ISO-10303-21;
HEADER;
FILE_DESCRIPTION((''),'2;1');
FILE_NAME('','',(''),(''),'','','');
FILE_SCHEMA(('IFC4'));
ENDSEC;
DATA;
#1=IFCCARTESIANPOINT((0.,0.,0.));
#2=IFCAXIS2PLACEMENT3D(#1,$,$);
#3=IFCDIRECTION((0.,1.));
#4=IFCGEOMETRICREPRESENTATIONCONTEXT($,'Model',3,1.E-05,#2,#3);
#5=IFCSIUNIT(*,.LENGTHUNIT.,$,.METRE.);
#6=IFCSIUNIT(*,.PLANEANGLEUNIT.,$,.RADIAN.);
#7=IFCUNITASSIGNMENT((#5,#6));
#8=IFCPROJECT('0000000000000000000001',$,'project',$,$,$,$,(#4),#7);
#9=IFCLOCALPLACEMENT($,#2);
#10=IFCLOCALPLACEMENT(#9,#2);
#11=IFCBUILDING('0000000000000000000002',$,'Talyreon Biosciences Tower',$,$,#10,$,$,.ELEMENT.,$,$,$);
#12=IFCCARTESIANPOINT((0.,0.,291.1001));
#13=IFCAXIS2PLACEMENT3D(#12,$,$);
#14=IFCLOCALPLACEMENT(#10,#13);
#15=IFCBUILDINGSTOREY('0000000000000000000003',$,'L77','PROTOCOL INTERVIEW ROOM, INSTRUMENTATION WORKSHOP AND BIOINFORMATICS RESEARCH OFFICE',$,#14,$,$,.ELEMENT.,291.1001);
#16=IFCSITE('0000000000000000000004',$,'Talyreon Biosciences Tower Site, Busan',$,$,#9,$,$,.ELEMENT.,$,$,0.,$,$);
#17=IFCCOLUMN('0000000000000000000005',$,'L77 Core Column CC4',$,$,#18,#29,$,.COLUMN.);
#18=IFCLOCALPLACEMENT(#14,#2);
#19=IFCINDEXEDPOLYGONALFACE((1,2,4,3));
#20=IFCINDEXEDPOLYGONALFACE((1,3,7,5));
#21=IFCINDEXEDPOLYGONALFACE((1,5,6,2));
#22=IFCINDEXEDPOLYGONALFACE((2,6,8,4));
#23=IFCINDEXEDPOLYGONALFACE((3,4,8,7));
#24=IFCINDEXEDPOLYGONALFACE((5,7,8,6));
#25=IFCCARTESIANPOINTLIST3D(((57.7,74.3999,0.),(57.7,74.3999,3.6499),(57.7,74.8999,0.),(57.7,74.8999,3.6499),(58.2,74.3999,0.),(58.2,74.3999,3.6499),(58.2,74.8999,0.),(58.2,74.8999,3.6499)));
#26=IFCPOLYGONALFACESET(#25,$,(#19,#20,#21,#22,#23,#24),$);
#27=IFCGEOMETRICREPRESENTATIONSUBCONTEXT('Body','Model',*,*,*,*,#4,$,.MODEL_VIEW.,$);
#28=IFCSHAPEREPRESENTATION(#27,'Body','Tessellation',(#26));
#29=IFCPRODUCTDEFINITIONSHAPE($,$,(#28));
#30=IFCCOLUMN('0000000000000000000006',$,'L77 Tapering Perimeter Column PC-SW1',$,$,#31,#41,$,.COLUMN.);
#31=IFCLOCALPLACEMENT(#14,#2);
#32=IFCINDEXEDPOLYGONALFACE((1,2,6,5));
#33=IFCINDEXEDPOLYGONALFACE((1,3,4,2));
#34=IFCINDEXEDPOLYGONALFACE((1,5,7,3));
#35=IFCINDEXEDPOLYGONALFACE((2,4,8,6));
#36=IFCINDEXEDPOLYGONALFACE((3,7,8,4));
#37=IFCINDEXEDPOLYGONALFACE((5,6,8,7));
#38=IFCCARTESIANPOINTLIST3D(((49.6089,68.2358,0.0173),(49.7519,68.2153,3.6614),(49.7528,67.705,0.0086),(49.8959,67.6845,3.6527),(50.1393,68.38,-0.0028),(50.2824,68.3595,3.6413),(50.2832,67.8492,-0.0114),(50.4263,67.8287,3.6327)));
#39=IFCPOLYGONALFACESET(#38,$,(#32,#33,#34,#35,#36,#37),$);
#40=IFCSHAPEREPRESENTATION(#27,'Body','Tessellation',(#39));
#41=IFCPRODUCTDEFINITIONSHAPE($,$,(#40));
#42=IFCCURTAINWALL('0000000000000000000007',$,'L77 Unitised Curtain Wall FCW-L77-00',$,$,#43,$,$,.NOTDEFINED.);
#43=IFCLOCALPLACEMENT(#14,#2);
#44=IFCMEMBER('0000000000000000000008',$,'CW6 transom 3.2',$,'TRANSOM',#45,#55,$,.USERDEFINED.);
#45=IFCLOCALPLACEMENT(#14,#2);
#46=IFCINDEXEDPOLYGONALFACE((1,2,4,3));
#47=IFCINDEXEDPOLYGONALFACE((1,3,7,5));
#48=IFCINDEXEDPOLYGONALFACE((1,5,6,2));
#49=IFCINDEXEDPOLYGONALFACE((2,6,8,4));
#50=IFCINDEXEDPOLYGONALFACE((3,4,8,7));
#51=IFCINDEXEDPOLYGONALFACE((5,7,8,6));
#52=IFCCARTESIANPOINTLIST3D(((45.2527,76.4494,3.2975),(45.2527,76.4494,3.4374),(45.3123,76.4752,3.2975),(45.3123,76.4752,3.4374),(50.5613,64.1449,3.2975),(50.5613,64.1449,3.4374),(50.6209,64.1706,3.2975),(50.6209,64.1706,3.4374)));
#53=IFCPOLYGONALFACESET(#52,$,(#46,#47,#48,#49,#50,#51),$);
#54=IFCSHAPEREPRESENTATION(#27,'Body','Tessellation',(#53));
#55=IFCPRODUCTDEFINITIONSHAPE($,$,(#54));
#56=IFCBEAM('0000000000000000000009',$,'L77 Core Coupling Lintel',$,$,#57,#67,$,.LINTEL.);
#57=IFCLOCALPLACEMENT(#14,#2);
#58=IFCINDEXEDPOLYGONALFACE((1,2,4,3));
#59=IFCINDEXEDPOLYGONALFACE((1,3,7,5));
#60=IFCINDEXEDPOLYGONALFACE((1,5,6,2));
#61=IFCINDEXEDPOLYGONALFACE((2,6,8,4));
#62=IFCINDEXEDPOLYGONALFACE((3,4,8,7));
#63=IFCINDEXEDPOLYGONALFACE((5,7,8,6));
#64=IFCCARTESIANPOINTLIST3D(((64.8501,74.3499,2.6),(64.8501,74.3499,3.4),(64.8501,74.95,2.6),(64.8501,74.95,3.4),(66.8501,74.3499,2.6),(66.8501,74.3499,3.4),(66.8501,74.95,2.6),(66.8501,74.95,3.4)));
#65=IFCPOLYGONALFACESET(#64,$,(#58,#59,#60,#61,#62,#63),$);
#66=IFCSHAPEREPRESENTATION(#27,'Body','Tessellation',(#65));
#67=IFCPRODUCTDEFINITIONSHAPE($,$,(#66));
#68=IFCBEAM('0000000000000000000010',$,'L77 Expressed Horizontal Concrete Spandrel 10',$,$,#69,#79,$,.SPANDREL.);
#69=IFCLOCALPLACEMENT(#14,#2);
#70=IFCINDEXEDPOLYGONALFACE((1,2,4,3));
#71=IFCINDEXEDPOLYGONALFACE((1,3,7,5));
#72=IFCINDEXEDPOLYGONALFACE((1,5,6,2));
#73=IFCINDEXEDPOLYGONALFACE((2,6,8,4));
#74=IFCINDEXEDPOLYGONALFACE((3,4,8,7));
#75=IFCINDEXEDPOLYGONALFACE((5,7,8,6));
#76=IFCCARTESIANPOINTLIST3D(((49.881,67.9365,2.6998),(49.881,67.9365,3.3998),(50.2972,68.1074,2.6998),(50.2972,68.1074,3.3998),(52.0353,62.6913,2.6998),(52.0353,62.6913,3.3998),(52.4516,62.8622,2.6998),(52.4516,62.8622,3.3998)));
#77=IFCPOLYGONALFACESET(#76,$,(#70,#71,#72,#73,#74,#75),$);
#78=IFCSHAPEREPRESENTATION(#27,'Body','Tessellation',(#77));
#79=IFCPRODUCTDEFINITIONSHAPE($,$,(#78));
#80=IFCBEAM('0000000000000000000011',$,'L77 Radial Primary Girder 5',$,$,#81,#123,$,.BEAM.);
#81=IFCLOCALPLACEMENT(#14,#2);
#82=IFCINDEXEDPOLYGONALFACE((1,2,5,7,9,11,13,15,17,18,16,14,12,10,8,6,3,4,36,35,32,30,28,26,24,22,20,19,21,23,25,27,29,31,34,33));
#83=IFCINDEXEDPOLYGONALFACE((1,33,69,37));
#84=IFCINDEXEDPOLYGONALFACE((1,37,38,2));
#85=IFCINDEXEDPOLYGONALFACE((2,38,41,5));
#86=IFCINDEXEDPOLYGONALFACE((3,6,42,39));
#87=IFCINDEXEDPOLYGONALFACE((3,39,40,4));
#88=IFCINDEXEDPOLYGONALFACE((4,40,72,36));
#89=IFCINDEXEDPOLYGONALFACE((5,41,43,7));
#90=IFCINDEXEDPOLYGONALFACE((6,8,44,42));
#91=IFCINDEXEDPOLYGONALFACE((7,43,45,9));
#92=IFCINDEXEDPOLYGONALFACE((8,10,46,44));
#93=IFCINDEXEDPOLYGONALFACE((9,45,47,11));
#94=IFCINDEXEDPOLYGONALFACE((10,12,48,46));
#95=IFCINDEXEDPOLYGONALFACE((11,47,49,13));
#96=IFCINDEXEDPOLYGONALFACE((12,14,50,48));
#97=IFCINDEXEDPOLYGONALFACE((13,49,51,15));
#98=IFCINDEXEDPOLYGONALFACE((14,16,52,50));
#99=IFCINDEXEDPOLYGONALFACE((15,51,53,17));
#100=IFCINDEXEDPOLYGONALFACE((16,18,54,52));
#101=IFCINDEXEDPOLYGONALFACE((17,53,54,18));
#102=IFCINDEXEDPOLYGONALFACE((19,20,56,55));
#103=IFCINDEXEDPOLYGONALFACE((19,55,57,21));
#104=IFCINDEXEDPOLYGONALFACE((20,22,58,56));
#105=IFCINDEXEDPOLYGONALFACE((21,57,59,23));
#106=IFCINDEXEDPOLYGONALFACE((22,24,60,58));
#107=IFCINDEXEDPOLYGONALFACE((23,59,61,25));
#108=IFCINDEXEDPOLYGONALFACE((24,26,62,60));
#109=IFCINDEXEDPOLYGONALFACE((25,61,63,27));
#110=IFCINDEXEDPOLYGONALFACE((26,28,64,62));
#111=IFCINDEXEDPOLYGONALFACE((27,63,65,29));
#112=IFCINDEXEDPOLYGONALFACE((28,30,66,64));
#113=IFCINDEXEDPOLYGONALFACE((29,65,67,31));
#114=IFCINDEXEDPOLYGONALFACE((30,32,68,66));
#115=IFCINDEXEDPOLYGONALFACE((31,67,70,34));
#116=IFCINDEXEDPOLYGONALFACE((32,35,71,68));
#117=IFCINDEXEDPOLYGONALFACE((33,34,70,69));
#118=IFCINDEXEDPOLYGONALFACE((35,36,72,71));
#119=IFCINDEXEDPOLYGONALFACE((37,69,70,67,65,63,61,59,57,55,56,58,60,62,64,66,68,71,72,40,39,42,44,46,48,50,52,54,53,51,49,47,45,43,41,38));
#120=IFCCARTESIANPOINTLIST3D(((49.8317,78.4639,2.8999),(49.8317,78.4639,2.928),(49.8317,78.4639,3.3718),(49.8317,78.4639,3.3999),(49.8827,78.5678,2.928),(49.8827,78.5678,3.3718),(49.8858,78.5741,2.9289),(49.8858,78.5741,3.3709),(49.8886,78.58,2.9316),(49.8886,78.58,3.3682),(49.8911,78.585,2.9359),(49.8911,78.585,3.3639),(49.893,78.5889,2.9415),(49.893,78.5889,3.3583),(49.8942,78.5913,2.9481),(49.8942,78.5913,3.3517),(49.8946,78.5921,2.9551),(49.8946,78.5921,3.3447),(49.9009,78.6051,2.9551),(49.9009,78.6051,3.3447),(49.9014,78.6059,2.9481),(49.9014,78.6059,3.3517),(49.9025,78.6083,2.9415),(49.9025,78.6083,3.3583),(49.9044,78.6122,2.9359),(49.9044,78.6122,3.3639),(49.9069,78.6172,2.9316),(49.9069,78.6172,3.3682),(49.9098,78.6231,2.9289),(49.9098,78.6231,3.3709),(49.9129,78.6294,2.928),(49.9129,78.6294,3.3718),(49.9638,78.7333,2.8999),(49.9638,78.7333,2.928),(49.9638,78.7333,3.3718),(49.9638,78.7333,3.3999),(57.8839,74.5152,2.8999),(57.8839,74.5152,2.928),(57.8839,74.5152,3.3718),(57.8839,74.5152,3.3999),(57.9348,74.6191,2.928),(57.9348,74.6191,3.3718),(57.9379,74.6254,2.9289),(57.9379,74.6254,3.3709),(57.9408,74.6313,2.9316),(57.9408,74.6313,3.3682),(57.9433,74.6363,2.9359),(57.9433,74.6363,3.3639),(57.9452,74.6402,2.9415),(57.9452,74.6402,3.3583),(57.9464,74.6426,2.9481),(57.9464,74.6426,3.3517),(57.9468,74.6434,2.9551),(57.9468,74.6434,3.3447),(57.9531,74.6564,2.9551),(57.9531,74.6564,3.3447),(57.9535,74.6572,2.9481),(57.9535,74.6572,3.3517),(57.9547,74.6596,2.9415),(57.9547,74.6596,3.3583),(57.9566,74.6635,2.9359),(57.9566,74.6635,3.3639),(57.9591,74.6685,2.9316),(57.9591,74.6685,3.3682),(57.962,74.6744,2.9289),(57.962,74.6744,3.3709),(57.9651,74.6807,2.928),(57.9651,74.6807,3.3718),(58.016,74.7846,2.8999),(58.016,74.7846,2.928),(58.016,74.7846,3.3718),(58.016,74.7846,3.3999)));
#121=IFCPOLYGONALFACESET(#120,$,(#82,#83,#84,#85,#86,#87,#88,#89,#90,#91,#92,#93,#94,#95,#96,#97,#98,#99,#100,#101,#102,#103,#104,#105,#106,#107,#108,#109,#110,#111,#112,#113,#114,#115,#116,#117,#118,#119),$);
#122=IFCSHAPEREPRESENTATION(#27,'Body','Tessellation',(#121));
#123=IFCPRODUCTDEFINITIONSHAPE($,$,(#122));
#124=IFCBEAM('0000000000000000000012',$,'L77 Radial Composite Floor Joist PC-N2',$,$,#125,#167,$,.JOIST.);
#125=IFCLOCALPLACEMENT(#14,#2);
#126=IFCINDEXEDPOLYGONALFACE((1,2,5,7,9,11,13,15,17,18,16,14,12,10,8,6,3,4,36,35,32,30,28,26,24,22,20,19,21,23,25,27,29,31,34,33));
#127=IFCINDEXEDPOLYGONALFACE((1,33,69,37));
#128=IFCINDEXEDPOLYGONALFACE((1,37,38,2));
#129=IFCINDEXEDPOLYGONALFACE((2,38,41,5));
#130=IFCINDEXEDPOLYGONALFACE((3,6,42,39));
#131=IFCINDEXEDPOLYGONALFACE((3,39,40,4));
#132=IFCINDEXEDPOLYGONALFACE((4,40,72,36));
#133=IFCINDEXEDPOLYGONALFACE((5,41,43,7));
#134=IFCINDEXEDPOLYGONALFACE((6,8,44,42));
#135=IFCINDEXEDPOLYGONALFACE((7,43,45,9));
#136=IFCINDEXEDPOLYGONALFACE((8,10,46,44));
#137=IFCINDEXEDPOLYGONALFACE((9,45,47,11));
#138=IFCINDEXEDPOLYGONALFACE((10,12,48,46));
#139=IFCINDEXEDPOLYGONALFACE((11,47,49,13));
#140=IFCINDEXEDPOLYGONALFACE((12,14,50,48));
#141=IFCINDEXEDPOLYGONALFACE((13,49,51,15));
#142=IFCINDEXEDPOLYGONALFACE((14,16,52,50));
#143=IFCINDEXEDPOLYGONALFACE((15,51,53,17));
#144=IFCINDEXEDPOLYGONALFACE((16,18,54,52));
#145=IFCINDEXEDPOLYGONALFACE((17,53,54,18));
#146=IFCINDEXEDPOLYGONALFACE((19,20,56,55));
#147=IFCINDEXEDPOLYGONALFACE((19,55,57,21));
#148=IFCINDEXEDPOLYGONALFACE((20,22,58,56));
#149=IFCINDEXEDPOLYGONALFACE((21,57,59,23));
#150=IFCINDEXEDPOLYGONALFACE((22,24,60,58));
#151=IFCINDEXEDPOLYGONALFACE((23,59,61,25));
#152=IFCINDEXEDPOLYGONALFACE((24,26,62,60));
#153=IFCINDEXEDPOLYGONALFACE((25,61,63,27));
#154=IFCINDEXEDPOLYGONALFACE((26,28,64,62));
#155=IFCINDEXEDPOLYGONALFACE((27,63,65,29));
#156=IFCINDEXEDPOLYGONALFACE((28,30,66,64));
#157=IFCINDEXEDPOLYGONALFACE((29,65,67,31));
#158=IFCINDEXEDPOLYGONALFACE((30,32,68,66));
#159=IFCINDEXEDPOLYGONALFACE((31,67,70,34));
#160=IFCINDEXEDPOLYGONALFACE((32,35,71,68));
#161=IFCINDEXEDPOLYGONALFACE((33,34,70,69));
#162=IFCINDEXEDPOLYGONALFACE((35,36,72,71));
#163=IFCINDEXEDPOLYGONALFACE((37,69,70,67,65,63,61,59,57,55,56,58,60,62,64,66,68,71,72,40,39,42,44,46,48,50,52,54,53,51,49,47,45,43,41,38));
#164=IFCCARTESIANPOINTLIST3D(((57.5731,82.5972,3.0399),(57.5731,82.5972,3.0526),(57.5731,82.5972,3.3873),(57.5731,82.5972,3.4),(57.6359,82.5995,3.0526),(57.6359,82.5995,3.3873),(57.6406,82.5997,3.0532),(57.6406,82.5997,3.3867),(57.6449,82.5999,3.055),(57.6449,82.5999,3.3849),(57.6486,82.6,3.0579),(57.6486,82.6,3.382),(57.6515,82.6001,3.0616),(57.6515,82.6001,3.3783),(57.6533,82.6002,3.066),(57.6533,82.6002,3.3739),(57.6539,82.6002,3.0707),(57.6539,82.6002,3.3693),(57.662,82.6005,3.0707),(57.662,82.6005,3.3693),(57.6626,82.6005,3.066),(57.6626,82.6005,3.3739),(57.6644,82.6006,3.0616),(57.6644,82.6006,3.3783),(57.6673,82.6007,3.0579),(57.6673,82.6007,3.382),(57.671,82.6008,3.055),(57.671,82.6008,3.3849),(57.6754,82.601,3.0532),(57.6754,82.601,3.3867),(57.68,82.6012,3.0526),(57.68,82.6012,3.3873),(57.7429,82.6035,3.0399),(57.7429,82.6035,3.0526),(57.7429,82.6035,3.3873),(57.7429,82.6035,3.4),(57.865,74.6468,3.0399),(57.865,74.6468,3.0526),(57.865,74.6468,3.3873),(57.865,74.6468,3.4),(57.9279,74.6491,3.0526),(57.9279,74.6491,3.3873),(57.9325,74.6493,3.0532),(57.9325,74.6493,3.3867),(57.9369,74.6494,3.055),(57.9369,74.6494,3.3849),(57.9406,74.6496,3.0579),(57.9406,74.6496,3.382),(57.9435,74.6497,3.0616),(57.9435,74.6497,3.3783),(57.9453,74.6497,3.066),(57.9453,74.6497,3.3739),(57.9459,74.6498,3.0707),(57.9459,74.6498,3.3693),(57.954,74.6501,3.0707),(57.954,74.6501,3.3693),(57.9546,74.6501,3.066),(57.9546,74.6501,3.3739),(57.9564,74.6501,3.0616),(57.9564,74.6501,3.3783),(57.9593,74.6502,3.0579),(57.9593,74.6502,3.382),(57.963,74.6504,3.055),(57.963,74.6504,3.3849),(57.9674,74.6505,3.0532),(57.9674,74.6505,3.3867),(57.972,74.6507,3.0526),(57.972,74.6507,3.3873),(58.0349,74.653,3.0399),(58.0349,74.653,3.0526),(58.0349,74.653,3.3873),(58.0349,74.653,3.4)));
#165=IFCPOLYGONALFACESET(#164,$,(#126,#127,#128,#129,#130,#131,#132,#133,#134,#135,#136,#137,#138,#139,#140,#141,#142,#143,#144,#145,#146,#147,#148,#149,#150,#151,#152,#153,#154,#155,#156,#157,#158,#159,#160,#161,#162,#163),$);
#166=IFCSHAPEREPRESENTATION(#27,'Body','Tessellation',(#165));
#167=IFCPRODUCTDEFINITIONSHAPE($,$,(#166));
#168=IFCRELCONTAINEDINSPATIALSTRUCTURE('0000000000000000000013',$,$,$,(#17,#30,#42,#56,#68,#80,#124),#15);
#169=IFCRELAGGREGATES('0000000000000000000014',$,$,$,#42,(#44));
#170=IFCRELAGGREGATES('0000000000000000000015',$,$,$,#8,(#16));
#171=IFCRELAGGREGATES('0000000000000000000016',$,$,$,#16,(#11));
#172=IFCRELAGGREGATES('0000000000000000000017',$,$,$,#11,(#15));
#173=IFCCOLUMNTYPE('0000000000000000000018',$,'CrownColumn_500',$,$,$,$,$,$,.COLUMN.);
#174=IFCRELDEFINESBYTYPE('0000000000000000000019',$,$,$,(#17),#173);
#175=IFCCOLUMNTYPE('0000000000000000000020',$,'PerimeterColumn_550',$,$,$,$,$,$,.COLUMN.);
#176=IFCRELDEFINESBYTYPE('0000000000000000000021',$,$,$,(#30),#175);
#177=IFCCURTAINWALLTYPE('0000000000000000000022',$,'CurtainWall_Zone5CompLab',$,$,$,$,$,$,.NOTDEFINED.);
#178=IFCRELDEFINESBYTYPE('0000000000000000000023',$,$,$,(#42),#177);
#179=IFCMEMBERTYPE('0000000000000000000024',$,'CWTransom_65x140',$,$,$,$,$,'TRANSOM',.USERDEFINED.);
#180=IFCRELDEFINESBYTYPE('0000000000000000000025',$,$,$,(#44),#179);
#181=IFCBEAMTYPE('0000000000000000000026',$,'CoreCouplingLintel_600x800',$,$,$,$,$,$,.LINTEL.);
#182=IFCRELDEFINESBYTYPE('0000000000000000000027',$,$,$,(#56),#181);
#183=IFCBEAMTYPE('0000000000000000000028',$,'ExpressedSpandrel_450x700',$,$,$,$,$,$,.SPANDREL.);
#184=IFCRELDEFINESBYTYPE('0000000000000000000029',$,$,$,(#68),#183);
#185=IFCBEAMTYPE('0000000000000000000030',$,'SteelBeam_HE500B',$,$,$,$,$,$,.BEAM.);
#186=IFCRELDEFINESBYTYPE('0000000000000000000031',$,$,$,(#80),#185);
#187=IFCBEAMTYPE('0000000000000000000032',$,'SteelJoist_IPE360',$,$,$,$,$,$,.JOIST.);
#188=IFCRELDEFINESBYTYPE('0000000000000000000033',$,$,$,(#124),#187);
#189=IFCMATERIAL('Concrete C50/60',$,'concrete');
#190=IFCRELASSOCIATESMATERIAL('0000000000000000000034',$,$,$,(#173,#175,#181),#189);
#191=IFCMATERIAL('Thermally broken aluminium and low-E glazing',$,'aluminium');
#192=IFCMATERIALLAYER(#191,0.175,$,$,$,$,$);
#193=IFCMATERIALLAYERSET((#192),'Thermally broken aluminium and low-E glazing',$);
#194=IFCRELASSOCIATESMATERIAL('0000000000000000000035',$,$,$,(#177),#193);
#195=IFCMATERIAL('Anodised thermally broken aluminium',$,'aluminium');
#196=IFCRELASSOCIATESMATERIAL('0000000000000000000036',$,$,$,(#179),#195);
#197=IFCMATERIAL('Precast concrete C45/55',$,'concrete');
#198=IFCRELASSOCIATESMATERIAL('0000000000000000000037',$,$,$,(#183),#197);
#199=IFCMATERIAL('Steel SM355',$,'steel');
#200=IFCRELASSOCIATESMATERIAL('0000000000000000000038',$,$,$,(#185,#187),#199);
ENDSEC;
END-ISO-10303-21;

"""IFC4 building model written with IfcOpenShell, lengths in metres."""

from ifc_helpers import new_model, si_unit, direction, frame, origin, origin_2d, place, context, subcontext, project, spatial, rectangle, i_section, extrude, material, layer, layer_set, material_profile, profile_set, type_object, element, aggregate, save


model = new_model("IFC4")

# Units and contexts
model_context = context("Model", 3, precision=1e-05, world=origin(), true_north=direction((0.0, 1.0)))
body_context = subcontext(model_context, "Body", "Model", "MODEL_VIEW")
ifc_project = project(units=[si_unit("LENGTHUNIT", "METRE"), si_unit("PLANEANGLEUNIT", "RADIAN")], contexts=[model_context])

# Site, building, storey
site_placement = place(None, origin())
site = spatial("IfcSite", under=ifc_project, at=site_placement, Name="Talyreon Biosciences Tower Site, Busan", CompositionType="ELEMENT", RefElevation=0.0)
building_placement = place(site_placement, origin())
building = spatial("IfcBuilding", under=site, at=building_placement, Name="Talyreon Biosciences Tower", CompositionType="ELEMENT")
storey_placement = place(building_placement, frame((0.0, 0.0, 291.1001)))
storey = spatial("IfcBuildingStorey", under=building, at=storey_placement, Name="L77", Description="PROTOCOL INTERVIEW ROOM, INSTRUMENTATION WORKSHOP AND BIOINFORMATICS RESEARCH OFFICE", CompositionType="ELEMENT", Elevation=291.1001)

# Columns
ifc_material_1 = material(Name="Concrete C50/60", Category="concrete")
ifc_material_profile_1 = material_profile(ifc_material_1, rectangle(XDim=0.5, YDim=0.5, at=origin_2d()), Name="RC 500x500")
ifc_profile_set_1 = profile_set([ifc_material_profile_1], Name="Concrete C50/60")
column_type_1 = type_object("IfcColumnType", Name="CrownColumn_500", PredefinedType="COLUMN", material=ifc_profile_set_1)
column_1_placement = place(storey_placement, frame((57.95, 74.6499, 0.0), z_axis=(0.0, 0.0, 1.0), x_axis=(1.0, 0.0, 0.0)))
element("IfcColumn", 1, at=column_1_placement, inside=storey, type_object=column_type_1, Name="L77 Core Column CC4", PredefinedType="COLUMN", context=body_context, shape_type="SweptSolid", body=[
    extrude(rectangle(XDim=0.5, YDim=0.5, at=origin_2d()), origin(), (0.0, 0.0, 1.0), 3.6499),
])
ifc_material_profile_2 = material_profile(ifc_material_1, rectangle(XDim=0.55, YDim=0.55, at=origin_2d()), Name="RC 550x550")
ifc_profile_set_2 = profile_set([ifc_material_profile_2], Name="Concrete C50/60")
column_type_2 = type_object("IfcColumnType", Name="PerimeterColumn_550", PredefinedType="COLUMN", material=ifc_profile_set_2)
column_2_placement = place(storey_placement, frame((49.946, 68.0425, 0.0029), z_axis=(0.03923, -0.005623, 0.999214), x_axis=(0.964355, 0.262098, -0.036386)))
element("IfcColumn", 2, at=column_2_placement, inside=storey, type_object=column_type_2, Name="L77 Tapering Perimeter Column PC-SW1", PredefinedType="COLUMN", context=body_context, shape_type="SweptSolid", body=[
    extrude(rectangle(XDim=0.55, YDim=0.55, at=origin_2d()), origin(), (0.0, 0.0, 1.0), 3.647),
])

# Curtain wall, member
ifc_material_2 = material(Name="Thermally broken aluminium and low-E glazing", Category="aluminium")
ifc_layer_1 = layer(ifc_material_2, 0.175)
ifc_layer_set_1 = layer_set([ifc_layer_1], Name="Thermally broken aluminium and low-E glazing")
curtain_wall_type = type_object("IfcCurtainWallType", Name="CurtainWall_Zone5CompLab", PredefinedType="NOTDEFINED", material=ifc_layer_set_1)
curtain_wall_placement = place(storey_placement, origin())
curtain_wall = element("IfcCurtainWall", 3, at=curtain_wall_placement, inside=storey, type_object=curtain_wall_type, Name="L77 Unitised Curtain Wall FCW-L77-00", PredefinedType="NOTDEFINED")
ifc_material_3 = material(Name="Anodised thermally broken aluminium", Category="aluminium")
ifc_material_profile_3 = material_profile(ifc_material_3, rectangle(XDim=0.0649, YDim=0.1399, at=origin_2d()), Name="ALUM TRANSOM 65x140")
ifc_profile_set_3 = profile_set([ifc_material_profile_3], Name="Anodised thermally broken aluminium")
member_type = type_object("IfcMemberType", Name="CWTransom_65x140", ElementType="TRANSOM", PredefinedType="USERDEFINED", material=ifc_profile_set_3)
member_placement = place(storey_placement, frame((50.5911, 64.1577, 3.3674), z_axis=(-0.396134, 0.918193, 0.0), x_axis=(-0.918193, -0.396134, 0.0)))
member = element("IfcMember", 4, at=member_placement, type_object=member_type, Name="CW6 transom 3.2", ObjectType="TRANSOM", PredefinedType="USERDEFINED", context=body_context, shape_type="SweptSolid", body=[
    extrude(rectangle(XDim=0.0649, YDim=0.1399, at=origin_2d()), origin(), (0.0, 0.0, 1.0), 13.4009),
])

# Beams
ifc_material_profile_4 = material_profile(ifc_material_1, rectangle(XDim=0.6001, YDim=0.8, at=origin_2d()), Name="RCB 600x800")
ifc_profile_set_4 = profile_set([ifc_material_profile_4], Name="Concrete C50/60")
beam_type_1 = type_object("IfcBeamType", Name="CoreCouplingLintel_600x800", PredefinedType="LINTEL", material=ifc_profile_set_4)
beam_1_placement = place(storey_placement, frame((64.8501, 74.6499, 3.0), z_axis=(1.0, 0.0, 0.0), x_axis=(0.0, 1.0, 0.0)))
element("IfcBeam", 5, at=beam_1_placement, inside=storey, type_object=beam_type_1, Name="L77 Core Coupling Lintel", PredefinedType="LINTEL", context=body_context, shape_type="SweptSolid", body=[
    extrude(rectangle(XDim=0.6001, YDim=0.8, at=origin_2d()), origin(), (0.0, 0.0, 1.0), 2.0),
])
ifc_material_4 = material(Name="Precast concrete C45/55", Category="concrete")
ifc_material_profile_5 = material_profile(ifc_material_4, rectangle(XDim=0.45, YDim=0.7, at=origin_2d()), Name="RCB 450x700")
ifc_profile_set_5 = profile_set([ifc_material_profile_5], Name="Precast concrete C45/55")
beam_type_2 = type_object("IfcBeamType", Name="ExpressedSpandrel_450x700", PredefinedType="SPANDREL", material=ifc_profile_set_5)
beam_2_placement = place(storey_placement, frame((50.0891, 68.022, 3.0498), z_axis=(0.379927, -0.925017, 0.0), x_axis=(0.925017, 0.379927, 0.0)))
element("IfcBeam", 6, at=beam_2_placement, inside=storey, type_object=beam_type_2, Name="L77 Expressed Horizontal Concrete Spandrel 10", PredefinedType="SPANDREL", context=body_context, shape_type="SweptSolid", body=[
    extrude(rectangle(XDim=0.45, YDim=0.7, at=origin_2d()), origin(), (0.0, 0.0, 1.0), 5.6704),
])
ifc_material_5 = material(Name="Steel SM355", Category="steel")
ifc_material_profile_6 = material_profile(ifc_material_5, i_section(OverallWidth=0.3, OverallDepth=0.5, WebThickness=0.0144, FlangeThickness=0.0281, FilletRadius=0.0271, at=origin_2d()), Name="HE500B")
ifc_profile_set_6 = profile_set([ifc_material_profile_6], Name="Steel SM355")
beam_type_3 = type_object("IfcBeamType", Name="SteelBeam_HE500B", PredefinedType="BEAM", material=ifc_profile_set_6)
beam_3_placement = place(storey_placement, frame((57.95, 74.6499, 3.1499), z_axis=(-0.897852, 0.440297, 0.0), x_axis=(-0.440297, -0.897852, 0.0)))
element("IfcBeam", 7, at=beam_3_placement, inside=storey, type_object=beam_type_3, Name="L77 Radial Primary Girder 5", PredefinedType="BEAM", context=body_context, shape_type="SweptSolid", body=[
    extrude(i_section(OverallWidth=0.3, OverallDepth=0.5, WebThickness=0.0144, FlangeThickness=0.0281, FilletRadius=0.0271, at=origin_2d()), origin(), (0.0, 0.0, 1.0), 8.9683),
])
ifc_material_profile_7 = material_profile(ifc_material_5, i_section(OverallWidth=0.1699, OverallDepth=0.3601, WebThickness=0.0081, FlangeThickness=0.0127, FilletRadius=0.0181, at=origin_2d()), Name="IPE360")
ifc_profile_set_7 = profile_set([ifc_material_profile_7], Name="Steel SM355")
beam_type_4 = type_object("IfcBeamType", Name="SteelJoist_IPE360", PredefinedType="JOIST", material=ifc_profile_set_7)
beam_4_placement = place(storey_placement, frame((57.95, 74.6499, 3.22), z_axis=(-0.036702, 0.999326, 0.0), x_axis=(-0.999326, -0.036702, 0.0)))
element("IfcBeam", 8, at=beam_4_placement, inside=storey, type_object=beam_type_4, Name="L77 Radial Composite Floor Joist PC-N2", PredefinedType="JOIST", context=body_context, shape_type="SweptSolid", body=[
    extrude(i_section(OverallWidth=0.1699, OverallDepth=0.3601, WebThickness=0.0081, FlangeThickness=0.0127, FilletRadius=0.0181, at=origin_2d()), origin(), (0.0, 0.0, 1.0), 7.9558),
])

aggregate(curtain_wall, [member])

save(model, "model.ifc")
